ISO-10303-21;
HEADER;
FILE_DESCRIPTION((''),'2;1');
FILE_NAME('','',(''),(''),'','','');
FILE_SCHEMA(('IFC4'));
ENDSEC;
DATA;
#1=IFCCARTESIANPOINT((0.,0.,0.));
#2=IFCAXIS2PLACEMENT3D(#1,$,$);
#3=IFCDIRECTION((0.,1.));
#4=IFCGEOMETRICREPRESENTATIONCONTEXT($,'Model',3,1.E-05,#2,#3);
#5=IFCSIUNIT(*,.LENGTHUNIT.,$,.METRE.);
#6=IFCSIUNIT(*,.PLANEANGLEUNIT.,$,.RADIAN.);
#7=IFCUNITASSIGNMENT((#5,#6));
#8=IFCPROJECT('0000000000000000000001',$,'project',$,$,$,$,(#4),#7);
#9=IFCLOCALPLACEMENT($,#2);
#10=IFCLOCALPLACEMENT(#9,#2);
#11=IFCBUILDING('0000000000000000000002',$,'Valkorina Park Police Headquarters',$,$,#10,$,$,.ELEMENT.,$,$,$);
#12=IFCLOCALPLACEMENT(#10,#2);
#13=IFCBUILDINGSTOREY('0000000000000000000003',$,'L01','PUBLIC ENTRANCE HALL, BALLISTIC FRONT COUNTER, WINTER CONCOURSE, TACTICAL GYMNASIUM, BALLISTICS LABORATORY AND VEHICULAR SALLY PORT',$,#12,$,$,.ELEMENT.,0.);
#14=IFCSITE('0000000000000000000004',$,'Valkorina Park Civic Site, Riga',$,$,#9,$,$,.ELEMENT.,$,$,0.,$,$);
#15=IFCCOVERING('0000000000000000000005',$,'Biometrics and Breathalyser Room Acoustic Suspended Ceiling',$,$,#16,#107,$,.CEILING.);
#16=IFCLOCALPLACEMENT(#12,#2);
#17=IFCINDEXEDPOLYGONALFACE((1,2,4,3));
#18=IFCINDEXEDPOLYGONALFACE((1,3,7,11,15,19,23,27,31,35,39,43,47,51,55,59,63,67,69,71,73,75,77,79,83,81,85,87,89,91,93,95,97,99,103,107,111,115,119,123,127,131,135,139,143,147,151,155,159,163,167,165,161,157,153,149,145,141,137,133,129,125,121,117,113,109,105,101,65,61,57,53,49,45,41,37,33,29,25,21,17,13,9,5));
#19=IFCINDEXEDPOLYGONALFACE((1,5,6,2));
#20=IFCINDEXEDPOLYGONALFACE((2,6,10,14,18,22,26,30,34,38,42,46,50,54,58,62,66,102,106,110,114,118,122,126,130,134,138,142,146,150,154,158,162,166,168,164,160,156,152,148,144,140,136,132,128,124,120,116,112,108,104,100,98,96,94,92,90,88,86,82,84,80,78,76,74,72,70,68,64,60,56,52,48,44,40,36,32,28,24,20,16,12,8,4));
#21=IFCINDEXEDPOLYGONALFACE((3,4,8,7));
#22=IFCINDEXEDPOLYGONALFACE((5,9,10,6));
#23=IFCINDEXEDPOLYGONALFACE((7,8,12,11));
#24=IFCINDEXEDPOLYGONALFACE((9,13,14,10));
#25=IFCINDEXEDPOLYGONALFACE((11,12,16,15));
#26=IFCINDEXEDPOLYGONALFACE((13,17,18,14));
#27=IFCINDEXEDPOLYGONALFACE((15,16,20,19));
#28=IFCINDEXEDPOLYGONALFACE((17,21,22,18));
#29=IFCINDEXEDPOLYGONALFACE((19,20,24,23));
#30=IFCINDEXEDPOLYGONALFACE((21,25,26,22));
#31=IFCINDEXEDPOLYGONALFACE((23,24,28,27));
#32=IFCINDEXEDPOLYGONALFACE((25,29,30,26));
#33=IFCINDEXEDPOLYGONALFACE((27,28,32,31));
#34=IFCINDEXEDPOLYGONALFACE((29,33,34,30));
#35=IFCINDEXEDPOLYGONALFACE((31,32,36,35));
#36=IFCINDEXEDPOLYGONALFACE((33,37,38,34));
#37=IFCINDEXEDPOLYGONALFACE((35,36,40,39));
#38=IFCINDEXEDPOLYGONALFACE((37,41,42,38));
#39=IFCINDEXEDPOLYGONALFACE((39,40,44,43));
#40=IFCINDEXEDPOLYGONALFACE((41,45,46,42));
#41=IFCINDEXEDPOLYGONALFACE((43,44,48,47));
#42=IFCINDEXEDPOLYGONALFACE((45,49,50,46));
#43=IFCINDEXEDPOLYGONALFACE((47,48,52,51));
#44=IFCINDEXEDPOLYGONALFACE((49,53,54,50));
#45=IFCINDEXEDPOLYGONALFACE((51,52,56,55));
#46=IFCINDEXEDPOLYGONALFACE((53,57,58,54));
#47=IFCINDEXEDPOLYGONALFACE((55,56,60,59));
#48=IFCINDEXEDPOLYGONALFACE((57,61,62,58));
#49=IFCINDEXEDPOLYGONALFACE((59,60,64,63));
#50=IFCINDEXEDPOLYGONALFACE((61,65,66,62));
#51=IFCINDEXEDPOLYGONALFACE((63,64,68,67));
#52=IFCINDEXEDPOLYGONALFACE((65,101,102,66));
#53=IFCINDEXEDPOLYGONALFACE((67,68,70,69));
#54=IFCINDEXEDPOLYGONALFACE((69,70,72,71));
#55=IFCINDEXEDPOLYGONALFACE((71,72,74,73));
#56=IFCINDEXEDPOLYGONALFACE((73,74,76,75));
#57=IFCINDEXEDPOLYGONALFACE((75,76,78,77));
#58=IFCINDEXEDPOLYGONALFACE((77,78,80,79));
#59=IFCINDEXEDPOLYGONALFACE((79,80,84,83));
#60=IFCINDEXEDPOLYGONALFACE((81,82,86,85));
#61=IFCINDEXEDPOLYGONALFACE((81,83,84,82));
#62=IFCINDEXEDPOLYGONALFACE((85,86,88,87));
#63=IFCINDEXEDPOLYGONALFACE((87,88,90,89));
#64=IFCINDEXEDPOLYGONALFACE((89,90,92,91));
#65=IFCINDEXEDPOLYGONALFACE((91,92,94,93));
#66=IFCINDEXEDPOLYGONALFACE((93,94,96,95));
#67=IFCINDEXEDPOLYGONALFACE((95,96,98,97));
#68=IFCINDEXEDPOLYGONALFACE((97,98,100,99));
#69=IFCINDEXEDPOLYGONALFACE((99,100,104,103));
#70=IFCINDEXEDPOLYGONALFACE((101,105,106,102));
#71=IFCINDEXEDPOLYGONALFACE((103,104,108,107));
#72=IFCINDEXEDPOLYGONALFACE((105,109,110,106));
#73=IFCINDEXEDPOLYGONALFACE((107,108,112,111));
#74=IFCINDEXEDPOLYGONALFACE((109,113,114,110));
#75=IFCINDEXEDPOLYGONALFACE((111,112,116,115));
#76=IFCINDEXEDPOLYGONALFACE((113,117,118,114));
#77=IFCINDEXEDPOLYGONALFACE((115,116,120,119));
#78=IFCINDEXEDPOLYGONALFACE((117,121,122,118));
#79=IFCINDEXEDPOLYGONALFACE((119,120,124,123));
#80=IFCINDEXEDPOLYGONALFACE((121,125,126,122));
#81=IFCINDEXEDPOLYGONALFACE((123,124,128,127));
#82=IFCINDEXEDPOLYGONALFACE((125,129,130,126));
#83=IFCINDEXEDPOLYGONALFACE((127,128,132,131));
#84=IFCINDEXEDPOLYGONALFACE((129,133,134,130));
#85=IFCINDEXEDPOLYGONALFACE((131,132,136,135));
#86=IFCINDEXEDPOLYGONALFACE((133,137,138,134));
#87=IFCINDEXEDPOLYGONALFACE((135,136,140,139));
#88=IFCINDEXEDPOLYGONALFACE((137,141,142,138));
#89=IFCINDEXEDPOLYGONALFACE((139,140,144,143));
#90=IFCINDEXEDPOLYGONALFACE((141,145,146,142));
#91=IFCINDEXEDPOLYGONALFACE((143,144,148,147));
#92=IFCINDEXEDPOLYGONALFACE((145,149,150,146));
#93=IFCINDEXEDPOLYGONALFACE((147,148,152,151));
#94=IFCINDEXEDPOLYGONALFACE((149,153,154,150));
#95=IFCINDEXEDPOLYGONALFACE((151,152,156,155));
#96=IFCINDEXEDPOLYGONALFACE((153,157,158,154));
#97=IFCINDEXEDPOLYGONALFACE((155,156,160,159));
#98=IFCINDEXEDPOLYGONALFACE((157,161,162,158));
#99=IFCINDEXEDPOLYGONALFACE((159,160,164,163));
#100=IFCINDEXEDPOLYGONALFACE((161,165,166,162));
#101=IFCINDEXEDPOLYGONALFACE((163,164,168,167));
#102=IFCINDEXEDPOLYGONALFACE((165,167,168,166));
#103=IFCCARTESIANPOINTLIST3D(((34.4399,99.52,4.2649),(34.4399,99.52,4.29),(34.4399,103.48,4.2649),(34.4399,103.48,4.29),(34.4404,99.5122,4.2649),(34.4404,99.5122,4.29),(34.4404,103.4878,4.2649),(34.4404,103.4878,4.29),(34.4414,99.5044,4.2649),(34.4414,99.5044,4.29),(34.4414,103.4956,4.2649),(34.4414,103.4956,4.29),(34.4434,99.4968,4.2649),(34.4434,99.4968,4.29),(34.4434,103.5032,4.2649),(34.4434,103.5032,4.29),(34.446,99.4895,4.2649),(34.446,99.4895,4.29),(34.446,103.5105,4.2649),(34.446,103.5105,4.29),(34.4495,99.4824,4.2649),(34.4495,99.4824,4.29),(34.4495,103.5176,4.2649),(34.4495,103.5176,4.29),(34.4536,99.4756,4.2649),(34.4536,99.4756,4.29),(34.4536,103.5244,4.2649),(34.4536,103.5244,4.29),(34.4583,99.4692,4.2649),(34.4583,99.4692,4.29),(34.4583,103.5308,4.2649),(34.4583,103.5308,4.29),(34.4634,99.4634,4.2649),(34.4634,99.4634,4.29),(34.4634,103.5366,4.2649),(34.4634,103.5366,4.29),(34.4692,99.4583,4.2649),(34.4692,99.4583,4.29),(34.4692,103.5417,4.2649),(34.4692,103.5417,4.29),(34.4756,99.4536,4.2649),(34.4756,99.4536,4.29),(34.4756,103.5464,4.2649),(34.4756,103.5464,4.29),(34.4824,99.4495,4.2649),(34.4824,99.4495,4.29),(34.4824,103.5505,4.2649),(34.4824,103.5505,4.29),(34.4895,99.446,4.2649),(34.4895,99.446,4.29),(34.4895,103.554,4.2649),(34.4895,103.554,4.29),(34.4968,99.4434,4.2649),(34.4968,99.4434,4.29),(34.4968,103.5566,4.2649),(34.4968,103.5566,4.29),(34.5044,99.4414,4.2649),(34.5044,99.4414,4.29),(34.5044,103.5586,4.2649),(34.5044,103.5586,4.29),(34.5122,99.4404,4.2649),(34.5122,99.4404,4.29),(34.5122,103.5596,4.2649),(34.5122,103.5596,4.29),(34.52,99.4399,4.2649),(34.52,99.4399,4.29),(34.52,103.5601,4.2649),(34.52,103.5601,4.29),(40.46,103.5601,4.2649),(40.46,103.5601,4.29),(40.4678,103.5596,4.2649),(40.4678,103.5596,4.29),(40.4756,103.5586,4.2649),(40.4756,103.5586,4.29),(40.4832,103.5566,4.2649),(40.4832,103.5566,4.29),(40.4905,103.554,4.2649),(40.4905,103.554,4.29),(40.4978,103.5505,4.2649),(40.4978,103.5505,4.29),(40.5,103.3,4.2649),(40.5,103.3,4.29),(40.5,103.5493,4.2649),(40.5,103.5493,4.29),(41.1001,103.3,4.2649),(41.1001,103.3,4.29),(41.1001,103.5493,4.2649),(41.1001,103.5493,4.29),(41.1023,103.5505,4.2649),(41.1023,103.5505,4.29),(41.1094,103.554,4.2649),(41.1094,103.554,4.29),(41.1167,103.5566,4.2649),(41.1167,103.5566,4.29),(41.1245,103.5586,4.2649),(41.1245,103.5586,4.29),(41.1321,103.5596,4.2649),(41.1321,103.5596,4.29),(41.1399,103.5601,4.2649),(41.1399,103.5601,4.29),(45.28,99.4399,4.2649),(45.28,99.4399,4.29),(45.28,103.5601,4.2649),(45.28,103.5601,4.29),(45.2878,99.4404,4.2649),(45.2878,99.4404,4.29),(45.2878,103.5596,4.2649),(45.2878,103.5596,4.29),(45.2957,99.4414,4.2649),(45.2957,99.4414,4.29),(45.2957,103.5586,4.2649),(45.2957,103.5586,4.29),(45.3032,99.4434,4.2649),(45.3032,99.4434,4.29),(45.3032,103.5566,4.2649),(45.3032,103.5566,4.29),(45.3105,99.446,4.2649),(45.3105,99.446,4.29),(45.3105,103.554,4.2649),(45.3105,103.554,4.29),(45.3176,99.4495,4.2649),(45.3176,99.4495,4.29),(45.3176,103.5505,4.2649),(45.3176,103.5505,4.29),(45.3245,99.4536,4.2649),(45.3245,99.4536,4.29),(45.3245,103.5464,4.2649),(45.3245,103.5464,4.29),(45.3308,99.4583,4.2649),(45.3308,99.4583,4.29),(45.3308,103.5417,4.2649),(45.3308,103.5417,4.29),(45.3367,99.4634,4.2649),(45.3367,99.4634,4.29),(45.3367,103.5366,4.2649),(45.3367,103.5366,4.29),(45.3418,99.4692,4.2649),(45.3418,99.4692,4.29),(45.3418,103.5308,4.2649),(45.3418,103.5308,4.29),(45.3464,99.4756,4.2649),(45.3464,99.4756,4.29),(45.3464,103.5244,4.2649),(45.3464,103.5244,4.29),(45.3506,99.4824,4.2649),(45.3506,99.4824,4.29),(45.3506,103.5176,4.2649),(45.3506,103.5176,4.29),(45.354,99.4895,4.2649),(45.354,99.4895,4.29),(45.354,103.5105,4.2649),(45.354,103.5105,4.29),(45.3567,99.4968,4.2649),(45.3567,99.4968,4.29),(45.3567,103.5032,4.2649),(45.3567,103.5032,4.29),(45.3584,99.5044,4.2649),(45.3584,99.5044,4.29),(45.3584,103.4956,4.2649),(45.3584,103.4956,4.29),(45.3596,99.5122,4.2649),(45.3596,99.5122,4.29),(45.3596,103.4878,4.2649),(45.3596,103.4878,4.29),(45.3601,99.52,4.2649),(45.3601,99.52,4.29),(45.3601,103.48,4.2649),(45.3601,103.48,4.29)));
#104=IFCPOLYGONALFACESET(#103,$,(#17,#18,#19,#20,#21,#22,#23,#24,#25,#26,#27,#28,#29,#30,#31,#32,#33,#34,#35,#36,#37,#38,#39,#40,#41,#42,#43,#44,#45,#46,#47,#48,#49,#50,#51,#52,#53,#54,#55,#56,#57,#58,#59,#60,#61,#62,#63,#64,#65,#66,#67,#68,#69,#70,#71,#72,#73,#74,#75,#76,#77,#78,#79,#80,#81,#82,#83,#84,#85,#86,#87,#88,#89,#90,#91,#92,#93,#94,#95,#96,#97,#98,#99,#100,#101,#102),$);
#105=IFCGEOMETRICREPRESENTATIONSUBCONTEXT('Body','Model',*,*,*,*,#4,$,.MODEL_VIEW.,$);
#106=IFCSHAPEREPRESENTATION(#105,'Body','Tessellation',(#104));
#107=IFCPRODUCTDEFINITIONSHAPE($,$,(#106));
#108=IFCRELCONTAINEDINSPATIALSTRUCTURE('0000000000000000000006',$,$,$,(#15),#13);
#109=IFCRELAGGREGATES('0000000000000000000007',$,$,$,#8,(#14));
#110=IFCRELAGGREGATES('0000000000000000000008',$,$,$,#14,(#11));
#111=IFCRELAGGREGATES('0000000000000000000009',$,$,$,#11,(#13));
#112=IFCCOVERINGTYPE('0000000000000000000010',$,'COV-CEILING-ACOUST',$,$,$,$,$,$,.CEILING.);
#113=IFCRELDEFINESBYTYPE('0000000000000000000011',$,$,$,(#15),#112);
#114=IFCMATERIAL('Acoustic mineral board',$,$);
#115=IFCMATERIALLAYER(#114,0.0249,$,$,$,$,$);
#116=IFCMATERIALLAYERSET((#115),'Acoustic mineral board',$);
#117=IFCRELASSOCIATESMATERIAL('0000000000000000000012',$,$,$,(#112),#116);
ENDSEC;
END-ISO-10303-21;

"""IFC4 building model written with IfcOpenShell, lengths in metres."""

from ifc_helpers import new_model, si_unit, direction, frame, origin, place, context, subcontext, project, spatial, polyline, outline, extrude, material, layer, layer_set, type_object, element, save


model = new_model("IFC4")

# Units and contexts
model_context = context("Model", 3, precision=1e-05, world=origin(), true_north=direction((0.0, 1.0)))
body_context = subcontext(model_context, "Body", "Model", "MODEL_VIEW")
ifc_project = project(units=[si_unit("LENGTHUNIT", "METRE"), si_unit("PLANEANGLEUNIT", "RADIAN")], contexts=[model_context])

# Site, building, storey
site_placement = place(None, origin())
site = spatial("IfcSite", under=ifc_project, at=site_placement, Name="Valkorina Park Civic Site, Riga", CompositionType="ELEMENT", RefElevation=0.0)
building_placement = place(site_placement, origin())
building = spatial("IfcBuilding", under=site, at=building_placement, Name="Valkorina Park Police Headquarters", CompositionType="ELEMENT")
storey_placement = place(building_placement, origin())
storey = spatial("IfcBuildingStorey", under=building, at=storey_placement, Name="L01", Description="PUBLIC ENTRANCE HALL, BALLISTIC FRONT COUNTER, WINTER CONCOURSE, TACTICAL GYMNASIUM, BALLISTICS LABORATORY AND VEHICULAR SALLY PORT", CompositionType="ELEMENT", Elevation=0.0)

# Covering
ifc_material_1 = material(Name="Acoustic mineral board")
ifc_layer_1 = layer(ifc_material_1, 0.0249)
ifc_layer_set_1 = layer_set([ifc_layer_1], Name="Acoustic mineral board")
covering_type_1 = type_object("IfcCoveringType", Name="COV-CEILING-ACOUST", PredefinedType="CEILING", material=ifc_layer_set_1)
covering_1_placement = place(storey_placement, frame((0.0, 0.0, 4.2649)))
element("IfcCovering", 1, at=covering_1_placement, inside=storey, type_object=covering_type_1, Name="Biometrics and Breathalyser Room Acoustic Suspended Ceiling", PredefinedType="CEILING", context=body_context, shape_type="SweptSolid", body=[
    extrude(outline(polyline([(45.3584, 99.5044), (45.3596, 99.5122), (45.3601, 99.52), (45.3601, 103.48), (45.3596, 103.4878), (45.3584, 103.4956), (45.3567, 103.5032), (45.354, 103.5105), (45.3506, 103.5176), (45.3464, 103.5244), (45.3418, 103.5308), (45.3367, 103.5366), (45.3308, 103.5417), (45.3245, 103.5464), (45.3176, 103.5505), (45.3105, 103.554), (45.3032, 103.5566), (45.2957, 103.5586), (45.2878, 103.5596), (45.28, 103.5601), (41.1399, 103.5601), (41.1321, 103.5596), (41.1245, 103.5586), (41.1167, 103.5566), (41.1094, 103.554), (41.1023, 103.5505), (41.1001, 103.5493), (41.1001, 103.3), (40.5, 103.3), (40.5, 103.5493), (40.4978, 103.5505), (40.4905, 103.554), (40.4832, 103.5566), (40.4756, 103.5586), (40.4678, 103.5596), (40.46, 103.5601), (34.52, 103.5601), (34.5122, 103.5596), (34.5044, 103.5586), (34.4968, 103.5566), (34.4895, 103.554), (34.4824, 103.5505), (34.4756, 103.5464), (34.4692, 103.5417), (34.4634, 103.5366), (34.4583, 103.5308), (34.4536, 103.5244), (34.4495, 103.5176), (34.446, 103.5105), (34.4434, 103.5032), (34.4414, 103.4956), (34.4404, 103.4878), (34.4399, 103.48), (34.4399, 99.52), (34.4404, 99.5122), (34.4414, 99.5044), (34.4434, 99.4968), (34.446, 99.4895), (34.4495, 99.4824), (34.4536, 99.4756), (34.4583, 99.4692), (34.4634, 99.4634), (34.4692, 99.4583), (34.4756, 99.4536), (34.4824, 99.4495), (34.4895, 99.446), (34.4968, 99.4434), (34.5044, 99.4414), (34.5122, 99.4404), (34.52, 99.4399), (45.28, 99.4399), (45.2878, 99.4404), (45.2957, 99.4414), (45.3032, 99.4434), (45.3105, 99.446), (45.3176, 99.4495), (45.3245, 99.4536), (45.3308, 99.4583), (45.3367, 99.4634), (45.3418, 99.4692), (45.3464, 99.4756), (45.3506, 99.4824), (45.354, 99.4895), (45.3567, 99.4968), (45.3584, 99.5044)])), origin(), (0.0, 0.0, 1.0), 0.0251),
])

save(model, "model.ifc")
